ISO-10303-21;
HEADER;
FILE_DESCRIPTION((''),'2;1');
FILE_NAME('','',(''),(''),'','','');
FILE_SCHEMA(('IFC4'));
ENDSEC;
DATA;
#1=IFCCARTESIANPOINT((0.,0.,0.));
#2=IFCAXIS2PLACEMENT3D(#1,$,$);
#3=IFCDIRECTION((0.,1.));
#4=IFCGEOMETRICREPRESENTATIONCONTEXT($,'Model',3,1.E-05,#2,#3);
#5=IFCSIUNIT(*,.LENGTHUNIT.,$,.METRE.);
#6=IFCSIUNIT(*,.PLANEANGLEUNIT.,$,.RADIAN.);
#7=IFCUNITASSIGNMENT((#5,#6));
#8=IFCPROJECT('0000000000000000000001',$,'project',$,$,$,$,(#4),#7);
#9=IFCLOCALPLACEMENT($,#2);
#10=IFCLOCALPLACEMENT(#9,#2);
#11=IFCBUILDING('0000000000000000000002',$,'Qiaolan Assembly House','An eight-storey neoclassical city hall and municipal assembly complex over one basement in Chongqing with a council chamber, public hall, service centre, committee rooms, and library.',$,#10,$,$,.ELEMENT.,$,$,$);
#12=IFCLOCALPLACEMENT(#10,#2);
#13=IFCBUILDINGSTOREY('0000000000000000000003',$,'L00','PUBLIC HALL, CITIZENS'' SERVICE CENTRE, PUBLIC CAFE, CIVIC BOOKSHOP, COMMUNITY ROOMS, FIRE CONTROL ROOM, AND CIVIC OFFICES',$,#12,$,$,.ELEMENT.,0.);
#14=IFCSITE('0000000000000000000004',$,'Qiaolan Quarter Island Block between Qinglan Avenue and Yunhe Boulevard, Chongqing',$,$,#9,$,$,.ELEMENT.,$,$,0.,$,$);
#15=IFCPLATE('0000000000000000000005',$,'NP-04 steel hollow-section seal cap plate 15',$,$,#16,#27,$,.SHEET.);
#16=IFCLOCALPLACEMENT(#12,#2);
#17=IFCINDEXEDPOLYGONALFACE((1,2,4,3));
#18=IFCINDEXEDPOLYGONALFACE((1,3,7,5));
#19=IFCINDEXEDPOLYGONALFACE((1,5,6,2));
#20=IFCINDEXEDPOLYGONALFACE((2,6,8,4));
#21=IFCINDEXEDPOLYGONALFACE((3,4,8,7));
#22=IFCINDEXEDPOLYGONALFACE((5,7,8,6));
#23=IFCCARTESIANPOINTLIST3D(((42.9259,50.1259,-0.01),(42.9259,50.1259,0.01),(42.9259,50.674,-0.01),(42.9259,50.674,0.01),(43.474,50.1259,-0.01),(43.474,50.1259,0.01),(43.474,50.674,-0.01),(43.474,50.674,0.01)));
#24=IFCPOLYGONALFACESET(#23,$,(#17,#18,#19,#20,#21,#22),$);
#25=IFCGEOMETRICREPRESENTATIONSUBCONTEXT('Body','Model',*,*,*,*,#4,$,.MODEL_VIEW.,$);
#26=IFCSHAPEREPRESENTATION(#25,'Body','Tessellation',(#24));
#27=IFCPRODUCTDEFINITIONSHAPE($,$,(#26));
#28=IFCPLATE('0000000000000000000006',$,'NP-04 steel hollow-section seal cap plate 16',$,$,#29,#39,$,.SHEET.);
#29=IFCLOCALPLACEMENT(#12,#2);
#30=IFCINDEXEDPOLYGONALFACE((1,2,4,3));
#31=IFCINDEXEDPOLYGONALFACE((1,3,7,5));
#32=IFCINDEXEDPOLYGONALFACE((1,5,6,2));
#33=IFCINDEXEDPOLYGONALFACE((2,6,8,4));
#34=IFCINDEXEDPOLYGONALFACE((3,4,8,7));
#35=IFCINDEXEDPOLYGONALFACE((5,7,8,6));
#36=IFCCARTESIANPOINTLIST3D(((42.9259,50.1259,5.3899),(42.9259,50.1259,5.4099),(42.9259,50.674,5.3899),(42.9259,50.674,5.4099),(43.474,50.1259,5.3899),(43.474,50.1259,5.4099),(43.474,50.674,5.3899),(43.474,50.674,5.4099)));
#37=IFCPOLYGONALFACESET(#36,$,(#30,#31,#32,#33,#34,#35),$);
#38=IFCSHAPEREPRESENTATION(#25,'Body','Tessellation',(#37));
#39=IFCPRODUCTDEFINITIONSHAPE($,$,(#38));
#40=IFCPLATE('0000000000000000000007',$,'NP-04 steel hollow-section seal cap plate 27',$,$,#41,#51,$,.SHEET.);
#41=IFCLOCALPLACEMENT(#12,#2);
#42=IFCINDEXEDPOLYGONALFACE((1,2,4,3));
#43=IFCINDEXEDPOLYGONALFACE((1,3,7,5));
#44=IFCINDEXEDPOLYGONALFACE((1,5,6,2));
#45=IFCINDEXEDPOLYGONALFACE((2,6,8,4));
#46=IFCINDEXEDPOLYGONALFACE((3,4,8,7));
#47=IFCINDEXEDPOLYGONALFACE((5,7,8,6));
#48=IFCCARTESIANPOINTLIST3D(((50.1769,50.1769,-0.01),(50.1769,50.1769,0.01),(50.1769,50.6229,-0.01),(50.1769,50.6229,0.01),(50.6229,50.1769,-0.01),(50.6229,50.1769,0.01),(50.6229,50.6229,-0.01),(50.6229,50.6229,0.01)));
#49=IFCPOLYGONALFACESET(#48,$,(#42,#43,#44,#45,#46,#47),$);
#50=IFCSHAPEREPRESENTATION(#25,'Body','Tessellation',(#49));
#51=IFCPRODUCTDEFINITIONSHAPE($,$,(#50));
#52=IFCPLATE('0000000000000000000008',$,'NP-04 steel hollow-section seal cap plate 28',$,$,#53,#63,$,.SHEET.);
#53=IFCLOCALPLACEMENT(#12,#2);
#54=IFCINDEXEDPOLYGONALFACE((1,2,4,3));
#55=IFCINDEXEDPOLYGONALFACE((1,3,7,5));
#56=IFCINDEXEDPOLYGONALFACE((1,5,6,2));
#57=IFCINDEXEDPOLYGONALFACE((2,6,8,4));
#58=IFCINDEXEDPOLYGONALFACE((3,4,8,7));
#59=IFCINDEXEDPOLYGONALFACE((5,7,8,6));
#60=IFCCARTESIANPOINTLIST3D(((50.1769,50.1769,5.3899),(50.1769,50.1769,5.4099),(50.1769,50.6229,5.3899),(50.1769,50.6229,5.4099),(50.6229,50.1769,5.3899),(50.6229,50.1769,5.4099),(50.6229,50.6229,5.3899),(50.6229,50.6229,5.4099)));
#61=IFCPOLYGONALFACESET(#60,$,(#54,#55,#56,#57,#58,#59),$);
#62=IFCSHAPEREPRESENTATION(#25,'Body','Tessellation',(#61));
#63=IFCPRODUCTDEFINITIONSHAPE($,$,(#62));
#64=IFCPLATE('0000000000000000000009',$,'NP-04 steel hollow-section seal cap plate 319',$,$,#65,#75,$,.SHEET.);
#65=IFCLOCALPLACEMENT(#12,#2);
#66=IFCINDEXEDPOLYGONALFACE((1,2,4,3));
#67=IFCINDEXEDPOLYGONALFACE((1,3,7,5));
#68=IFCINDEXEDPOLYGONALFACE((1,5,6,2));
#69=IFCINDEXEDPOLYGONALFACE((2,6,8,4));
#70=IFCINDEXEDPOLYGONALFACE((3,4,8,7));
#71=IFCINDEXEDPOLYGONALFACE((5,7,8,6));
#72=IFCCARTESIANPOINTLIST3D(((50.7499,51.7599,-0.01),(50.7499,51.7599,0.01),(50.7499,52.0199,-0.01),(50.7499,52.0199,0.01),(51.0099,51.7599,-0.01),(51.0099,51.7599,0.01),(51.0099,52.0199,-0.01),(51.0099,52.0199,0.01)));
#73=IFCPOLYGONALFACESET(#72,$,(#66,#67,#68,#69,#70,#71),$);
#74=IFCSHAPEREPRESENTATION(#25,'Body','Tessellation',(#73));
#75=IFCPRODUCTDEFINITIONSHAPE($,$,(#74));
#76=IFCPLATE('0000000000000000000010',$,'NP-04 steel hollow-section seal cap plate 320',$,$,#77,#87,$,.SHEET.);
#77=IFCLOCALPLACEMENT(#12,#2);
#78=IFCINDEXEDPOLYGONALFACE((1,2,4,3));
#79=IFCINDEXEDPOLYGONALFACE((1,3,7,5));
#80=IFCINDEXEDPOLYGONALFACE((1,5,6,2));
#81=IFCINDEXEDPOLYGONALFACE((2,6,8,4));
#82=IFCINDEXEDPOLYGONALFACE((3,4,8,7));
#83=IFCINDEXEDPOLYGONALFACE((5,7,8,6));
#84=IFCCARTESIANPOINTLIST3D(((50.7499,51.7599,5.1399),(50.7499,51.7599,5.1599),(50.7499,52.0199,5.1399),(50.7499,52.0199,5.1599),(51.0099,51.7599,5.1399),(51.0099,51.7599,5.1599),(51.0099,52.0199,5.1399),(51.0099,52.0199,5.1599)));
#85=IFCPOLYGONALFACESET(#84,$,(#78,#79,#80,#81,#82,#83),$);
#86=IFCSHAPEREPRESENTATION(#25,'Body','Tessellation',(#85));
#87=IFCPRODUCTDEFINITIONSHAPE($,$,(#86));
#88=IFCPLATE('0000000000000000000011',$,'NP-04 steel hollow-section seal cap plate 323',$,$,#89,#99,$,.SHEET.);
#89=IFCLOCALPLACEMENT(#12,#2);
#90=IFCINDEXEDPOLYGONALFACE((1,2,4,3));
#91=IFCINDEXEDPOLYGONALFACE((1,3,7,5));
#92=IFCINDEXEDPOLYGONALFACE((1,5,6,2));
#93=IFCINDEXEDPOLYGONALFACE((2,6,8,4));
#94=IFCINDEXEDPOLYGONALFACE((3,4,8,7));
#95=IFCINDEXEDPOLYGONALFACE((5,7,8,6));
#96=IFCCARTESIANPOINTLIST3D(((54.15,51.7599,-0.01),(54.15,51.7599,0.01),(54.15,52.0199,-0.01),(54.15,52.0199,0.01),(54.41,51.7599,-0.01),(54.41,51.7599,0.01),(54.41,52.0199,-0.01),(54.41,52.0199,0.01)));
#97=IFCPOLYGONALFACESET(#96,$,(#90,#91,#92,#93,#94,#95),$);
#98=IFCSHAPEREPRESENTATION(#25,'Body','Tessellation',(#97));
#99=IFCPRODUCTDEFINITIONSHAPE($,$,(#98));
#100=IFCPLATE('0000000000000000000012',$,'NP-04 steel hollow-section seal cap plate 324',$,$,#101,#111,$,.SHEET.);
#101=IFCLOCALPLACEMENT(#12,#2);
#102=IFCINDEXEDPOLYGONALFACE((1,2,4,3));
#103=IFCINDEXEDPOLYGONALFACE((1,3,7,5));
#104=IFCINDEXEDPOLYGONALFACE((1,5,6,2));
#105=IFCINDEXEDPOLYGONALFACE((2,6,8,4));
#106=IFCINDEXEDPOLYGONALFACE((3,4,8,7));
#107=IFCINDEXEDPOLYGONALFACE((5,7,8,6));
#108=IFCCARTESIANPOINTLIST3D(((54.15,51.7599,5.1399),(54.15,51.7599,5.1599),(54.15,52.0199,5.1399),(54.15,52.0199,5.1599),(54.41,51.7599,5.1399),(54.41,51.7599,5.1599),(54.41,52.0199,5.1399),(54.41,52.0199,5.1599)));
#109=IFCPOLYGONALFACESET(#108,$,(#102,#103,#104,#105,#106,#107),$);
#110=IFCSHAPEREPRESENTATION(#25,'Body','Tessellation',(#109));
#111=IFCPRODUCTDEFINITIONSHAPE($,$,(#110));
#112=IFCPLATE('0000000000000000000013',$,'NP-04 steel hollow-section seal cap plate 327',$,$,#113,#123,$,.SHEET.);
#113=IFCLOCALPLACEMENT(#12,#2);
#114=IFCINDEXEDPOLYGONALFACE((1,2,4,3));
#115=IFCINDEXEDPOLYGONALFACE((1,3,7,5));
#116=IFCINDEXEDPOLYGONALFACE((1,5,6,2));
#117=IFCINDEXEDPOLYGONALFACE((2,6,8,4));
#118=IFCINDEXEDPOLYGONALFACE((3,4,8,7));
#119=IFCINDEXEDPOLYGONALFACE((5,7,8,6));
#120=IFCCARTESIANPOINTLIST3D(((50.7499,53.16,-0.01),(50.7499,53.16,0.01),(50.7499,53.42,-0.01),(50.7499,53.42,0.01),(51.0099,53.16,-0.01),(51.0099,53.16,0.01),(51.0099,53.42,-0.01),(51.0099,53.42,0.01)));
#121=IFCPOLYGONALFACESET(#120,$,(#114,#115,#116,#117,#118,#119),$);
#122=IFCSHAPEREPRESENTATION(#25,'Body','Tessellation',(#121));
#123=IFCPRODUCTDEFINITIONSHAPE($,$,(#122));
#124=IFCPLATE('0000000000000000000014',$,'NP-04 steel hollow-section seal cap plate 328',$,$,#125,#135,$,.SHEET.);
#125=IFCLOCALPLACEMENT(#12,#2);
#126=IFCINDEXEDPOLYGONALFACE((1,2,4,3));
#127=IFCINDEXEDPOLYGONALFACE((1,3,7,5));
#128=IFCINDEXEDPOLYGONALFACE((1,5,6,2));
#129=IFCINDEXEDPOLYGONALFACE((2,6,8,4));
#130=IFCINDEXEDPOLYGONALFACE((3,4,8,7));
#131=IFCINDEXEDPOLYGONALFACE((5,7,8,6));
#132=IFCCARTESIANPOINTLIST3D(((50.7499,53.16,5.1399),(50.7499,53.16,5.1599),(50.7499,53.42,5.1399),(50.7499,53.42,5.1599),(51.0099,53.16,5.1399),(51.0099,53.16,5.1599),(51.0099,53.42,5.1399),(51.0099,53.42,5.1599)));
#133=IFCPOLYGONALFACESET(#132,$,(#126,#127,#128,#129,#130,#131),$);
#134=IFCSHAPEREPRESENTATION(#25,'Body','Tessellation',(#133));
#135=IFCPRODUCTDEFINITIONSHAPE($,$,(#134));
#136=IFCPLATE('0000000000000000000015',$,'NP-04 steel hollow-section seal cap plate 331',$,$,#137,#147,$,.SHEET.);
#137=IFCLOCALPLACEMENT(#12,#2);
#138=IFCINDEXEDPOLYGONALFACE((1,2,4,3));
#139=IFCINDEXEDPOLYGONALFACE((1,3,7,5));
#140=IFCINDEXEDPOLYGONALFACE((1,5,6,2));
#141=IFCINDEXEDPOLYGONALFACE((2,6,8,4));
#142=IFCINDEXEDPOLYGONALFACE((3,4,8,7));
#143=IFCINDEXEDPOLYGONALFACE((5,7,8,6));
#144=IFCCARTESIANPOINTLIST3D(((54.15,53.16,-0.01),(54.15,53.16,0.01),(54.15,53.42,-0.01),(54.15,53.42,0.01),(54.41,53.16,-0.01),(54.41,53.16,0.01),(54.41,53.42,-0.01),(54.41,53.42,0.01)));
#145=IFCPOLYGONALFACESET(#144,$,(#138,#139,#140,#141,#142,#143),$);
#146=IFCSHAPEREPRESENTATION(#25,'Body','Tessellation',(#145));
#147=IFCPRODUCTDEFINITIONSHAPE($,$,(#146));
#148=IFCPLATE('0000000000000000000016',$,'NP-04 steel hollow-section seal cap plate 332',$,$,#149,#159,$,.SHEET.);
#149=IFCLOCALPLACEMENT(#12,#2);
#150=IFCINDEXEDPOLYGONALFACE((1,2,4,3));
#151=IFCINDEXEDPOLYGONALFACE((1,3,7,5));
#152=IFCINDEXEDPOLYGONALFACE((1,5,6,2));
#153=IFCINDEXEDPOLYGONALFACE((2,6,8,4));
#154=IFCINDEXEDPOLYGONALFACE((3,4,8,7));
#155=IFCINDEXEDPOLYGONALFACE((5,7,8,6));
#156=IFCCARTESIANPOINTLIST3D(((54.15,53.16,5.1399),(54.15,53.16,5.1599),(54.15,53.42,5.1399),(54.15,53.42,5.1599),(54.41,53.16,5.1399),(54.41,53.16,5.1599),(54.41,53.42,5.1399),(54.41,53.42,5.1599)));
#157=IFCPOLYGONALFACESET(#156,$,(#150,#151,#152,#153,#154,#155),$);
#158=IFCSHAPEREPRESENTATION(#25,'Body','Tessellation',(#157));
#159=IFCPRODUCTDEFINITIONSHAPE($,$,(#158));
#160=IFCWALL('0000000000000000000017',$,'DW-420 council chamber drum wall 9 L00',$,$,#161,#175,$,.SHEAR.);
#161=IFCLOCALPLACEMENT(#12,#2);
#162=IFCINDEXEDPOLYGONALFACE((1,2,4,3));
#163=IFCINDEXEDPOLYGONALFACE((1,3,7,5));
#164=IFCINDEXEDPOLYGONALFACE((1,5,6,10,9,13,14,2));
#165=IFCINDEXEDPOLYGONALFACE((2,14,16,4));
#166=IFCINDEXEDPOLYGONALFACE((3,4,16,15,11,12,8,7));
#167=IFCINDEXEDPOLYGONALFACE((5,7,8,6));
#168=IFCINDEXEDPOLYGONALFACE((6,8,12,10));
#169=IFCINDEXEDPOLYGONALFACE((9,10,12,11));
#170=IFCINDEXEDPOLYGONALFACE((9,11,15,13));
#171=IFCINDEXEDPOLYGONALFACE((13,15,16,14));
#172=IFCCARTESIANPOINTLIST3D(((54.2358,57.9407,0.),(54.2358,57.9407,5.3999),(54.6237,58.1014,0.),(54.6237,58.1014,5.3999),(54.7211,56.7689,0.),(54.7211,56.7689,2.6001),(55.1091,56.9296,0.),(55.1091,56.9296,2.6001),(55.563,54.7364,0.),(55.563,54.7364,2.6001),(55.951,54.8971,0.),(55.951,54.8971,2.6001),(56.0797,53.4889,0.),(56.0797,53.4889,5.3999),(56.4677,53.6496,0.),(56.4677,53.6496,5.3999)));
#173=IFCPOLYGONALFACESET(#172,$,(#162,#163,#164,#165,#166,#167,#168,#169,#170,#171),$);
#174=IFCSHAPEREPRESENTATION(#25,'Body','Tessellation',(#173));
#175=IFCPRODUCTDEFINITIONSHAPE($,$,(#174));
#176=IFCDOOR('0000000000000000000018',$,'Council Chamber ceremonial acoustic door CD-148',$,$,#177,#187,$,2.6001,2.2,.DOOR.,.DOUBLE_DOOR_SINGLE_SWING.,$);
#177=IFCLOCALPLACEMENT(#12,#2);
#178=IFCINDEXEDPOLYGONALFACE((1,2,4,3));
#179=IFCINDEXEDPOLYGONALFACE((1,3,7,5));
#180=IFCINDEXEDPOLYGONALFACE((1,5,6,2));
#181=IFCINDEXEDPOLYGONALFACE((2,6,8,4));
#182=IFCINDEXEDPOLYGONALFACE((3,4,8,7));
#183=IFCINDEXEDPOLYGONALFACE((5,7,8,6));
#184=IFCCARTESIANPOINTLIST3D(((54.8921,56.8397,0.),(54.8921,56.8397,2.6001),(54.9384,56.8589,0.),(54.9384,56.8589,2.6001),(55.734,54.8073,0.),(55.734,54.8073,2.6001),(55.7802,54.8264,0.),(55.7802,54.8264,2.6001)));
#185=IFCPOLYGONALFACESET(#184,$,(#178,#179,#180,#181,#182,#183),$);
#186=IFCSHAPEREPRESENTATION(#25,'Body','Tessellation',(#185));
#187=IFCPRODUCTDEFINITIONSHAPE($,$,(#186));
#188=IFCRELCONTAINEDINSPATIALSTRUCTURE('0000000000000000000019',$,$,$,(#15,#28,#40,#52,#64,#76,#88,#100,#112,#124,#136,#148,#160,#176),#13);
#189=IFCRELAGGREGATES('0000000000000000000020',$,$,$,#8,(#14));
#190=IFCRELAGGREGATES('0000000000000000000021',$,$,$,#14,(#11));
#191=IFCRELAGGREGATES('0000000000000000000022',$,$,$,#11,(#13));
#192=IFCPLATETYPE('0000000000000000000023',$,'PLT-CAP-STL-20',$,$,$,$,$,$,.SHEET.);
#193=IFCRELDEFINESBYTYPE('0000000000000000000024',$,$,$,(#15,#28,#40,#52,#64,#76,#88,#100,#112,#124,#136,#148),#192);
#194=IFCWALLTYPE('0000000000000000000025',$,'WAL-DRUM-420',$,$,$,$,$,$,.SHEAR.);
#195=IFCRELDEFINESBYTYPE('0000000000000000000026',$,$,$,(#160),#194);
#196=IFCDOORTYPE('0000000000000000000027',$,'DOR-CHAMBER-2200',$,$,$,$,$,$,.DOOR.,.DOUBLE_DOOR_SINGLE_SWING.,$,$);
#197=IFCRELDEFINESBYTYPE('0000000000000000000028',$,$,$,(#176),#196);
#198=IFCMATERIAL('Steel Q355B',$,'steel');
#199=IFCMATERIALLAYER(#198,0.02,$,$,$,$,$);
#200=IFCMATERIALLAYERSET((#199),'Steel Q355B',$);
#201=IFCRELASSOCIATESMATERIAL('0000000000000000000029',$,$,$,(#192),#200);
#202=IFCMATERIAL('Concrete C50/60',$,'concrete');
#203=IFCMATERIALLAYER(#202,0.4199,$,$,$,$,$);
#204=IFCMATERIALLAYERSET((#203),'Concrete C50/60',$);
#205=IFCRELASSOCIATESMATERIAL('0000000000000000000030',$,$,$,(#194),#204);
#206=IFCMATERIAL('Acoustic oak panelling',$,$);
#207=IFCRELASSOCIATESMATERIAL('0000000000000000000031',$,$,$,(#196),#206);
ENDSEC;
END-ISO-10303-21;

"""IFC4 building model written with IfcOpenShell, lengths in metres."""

from ifc_helpers import new_model, si_unit, direction, frame, frame_2d, origin, origin_2d, place, context, subcontext, project, spatial, rectangle, extrude, material, layer, layer_set, type_object, element, fill, save


model = new_model("IFC4")

# Units and contexts
model_context = context("Model", 3, precision=1e-05, world=origin(), true_north=direction((0.0, 1.0)))
body_context = subcontext(model_context, "Body", "Model", "MODEL_VIEW")
ifc_project = project(units=[si_unit("LENGTHUNIT", "METRE"), si_unit("PLANEANGLEUNIT", "RADIAN")], contexts=[model_context])

# Site, building, storey
site_placement = place(None, origin())
site = spatial("IfcSite", under=ifc_project, at=site_placement, Name="Qiaolan Quarter Island Block between Qinglan Avenue and Yunhe Boulevard, Chongqing", CompositionType="ELEMENT", RefElevation=0.0)
building_placement = place(site_placement, origin())
building = spatial("IfcBuilding", under=site, at=building_placement, Name="Qiaolan Assembly House", Description="An eight-storey neoclassical city hall and municipal assembly complex over one basement in Chongqing with a council chamber, public hall, service centre, committee rooms, and library.", CompositionType="ELEMENT")
storey_placement = place(building_placement, origin())
storey = spatial("IfcBuildingStorey", under=building, at=storey_placement, Name="L00", Description="PUBLIC HALL, CITIZENS' SERVICE CENTRE, PUBLIC CAFE, CIVIC BOOKSHOP, COMMUNITY ROOMS, FIRE CONTROL ROOM, AND CIVIC OFFICES", CompositionType="ELEMENT", Elevation=0.0)

# Shared definitions
ifc_material_1 = material(Name="Concrete C50/60", Category="concrete")
ifc_material_2 = material(Name="Steel Q355B", Category="steel")

# Plates
ifc_layer_1 = layer(ifc_material_2, 0.02)
ifc_layer_set_1 = layer_set([ifc_layer_1], Name="Steel Q355B")
plate_type = type_object("IfcPlateType", Name="PLT-CAP-STL-20", PredefinedType="SHEET", material=ifc_layer_set_1)
for number, where, z_axis, x_axis, name in (
    (1, (43.2, 50.3999, -0.01), (0.0, 0.0, 1.0), (1.0, 0.0, 0.0), "NP-04 steel hollow-section seal cap plate 15"),
    (2, (43.2, 50.3999, 5.3899), (0.0, 0.0, 1.0), (1.0, 0.0, 0.0), "NP-04 steel hollow-section seal cap plate 16"),
):
    element("IfcPlate", number, at=place(storey_placement, frame(where, z_axis=z_axis, x_axis=x_axis)), inside=storey, type_object=plate_type, Name=name, PredefinedType="SHEET", context=body_context, shape_type="SweptSolid", body=[
        extrude(rectangle(XDim=0.5481, YDim=0.5481, at=origin_2d()), origin(), (0.0, 0.0, 1.0), 0.02),
    ])
for number, where, z_axis, x_axis, name in (
    (3, (50.3999, 50.3999, -0.01), (0.0, 0.0, 1.0), (1.0, 0.0, 0.0), "NP-04 steel hollow-section seal cap plate 27"),
    (4, (50.3999, 50.3999, 5.3899), (0.0, 0.0, 1.0), (1.0, 0.0, 0.0), "NP-04 steel hollow-section seal cap plate 28"),
):
    element("IfcPlate", number, at=place(storey_placement, frame(where, z_axis=z_axis, x_axis=x_axis)), inside=storey, type_object=plate_type, Name=name, PredefinedType="SHEET", context=body_context, shape_type="SweptSolid", body=[
        extrude(rectangle(XDim=0.446, YDim=0.446, at=origin_2d()), origin(), (0.0, 0.0, 1.0), 0.02),
    ])
for number, where, z_axis, x_axis, name in (
    (5, (50.8799, 51.8899, -0.01), (0.0, 0.0, 1.0), (1.0, 0.0, 0.0), "NP-04 steel hollow-section seal cap plate 319"),
    (6, (50.8799, 51.8899, 5.1399), (0.0, 0.0, 1.0), (1.0, 0.0, 0.0), "NP-04 steel hollow-section seal cap plate 320"),
    (7, (54.28, 51.8899, -0.01), (0.0, 0.0, 1.0), (1.0, 0.0, 0.0), "NP-04 steel hollow-section seal cap plate 323"),
    (8, (54.28, 51.8899, 5.1399), (0.0, 0.0, 1.0), (1.0, 0.0, 0.0), "NP-04 steel hollow-section seal cap plate 324"),
    (9, (50.8799, 53.29, -0.01), (0.0, 0.0, 1.0), (1.0, 0.0, 0.0), "NP-04 steel hollow-section seal cap plate 327"),
    (10, (50.8799, 53.29, 5.1399), (0.0, 0.0, 1.0), (1.0, 0.0, 0.0), "NP-04 steel hollow-section seal cap plate 328"),
    (11, (54.28, 53.29, -0.01), (0.0, 0.0, 1.0), (1.0, 0.0, 0.0), "NP-04 steel hollow-section seal cap plate 331"),
    (12, (54.28, 53.29, 5.1399), (0.0, 0.0, 1.0), (1.0, 0.0, 0.0), "NP-04 steel hollow-section seal cap plate 332"),
):
    element("IfcPlate", number, at=place(storey_placement, frame(where, z_axis=z_axis, x_axis=x_axis)), inside=storey, type_object=plate_type, Name=name, PredefinedType="SHEET", context=body_context, shape_type="SweptSolid", body=[
        extrude(rectangle(XDim=0.26, YDim=0.26, at=origin_2d()), origin(), (0.0, 0.0, 1.0), 0.02),
    ])

# Wall, opening, door
ifc_layer_2 = layer(ifc_material_1, 0.4199)
ifc_layer_set_2 = layer_set([ifc_layer_2], Name="Concrete C50/60")
wall_type = type_object("IfcWallType", Name="WAL-DRUM-420", PredefinedType="SHEAR", material=ifc_layer_set_2)
wall_placement = place(storey_placement, frame((56.2737, 53.5693, 0.0), z_axis=(0.0, 0.0, 1.0), x_axis=(-0.382675, 0.923883, 0.0)))
wall = element("IfcWall", 13, at=wall_placement, inside=storey, type_object=wall_type, Name="DW-420 council chamber drum wall 9 L00", PredefinedType="SHEAR", context=body_context, shape_type="SweptSolid", body=[
    extrude(rectangle(XDim=4.8186, YDim=0.4199, at=frame_2d((2.4092, 0.0))), origin(), (0.0, 0.0, 1.0), 5.3999),
])
opening_placement = place(wall_placement, frame((1.3501, 0.0, 0.0)))
opening = element("IfcOpeningElement", 14, at=opening_placement, cuts=wall, PredefinedType="OPENING", context=body_context, shape_type="SweptSolid", body=[
    extrude(rectangle(XDim=2.2, YDim=2.6001, at=frame_2d((1.1001, 1.3))), frame((0.0, 0.22, 0.0), z_axis=(0.0, -1.0, 0.0), x_axis=(1.0, 0.0, 0.0)), (0.0, 0.0, 1.0), 0.4399),
])
ifc_material_3 = material(Name="Acoustic oak panelling")
door_type = type_object("IfcDoorType", Name="DOR-CHAMBER-2200", OperationType="DOUBLE_DOOR_SINGLE_SWING", PredefinedType="DOOR", material=ifc_material_3)
door_placement = place(opening_placement, origin())
door = element("IfcDoor", 15, at=door_placement, inside=storey, type_object=door_type, Name="Council Chamber ceremonial acoustic door CD-148", OperationType="DOUBLE_DOOR_SINGLE_SWING", OverallHeight=2.6001, OverallWidth=2.2, PredefinedType="DOOR", context=body_context, shape_type="SweptSolid", body=[
    extrude(rectangle(XDim=2.2, YDim=2.6001, at=frame_2d((1.1001, 1.3))), frame((0.0, 0.0249, 0.0), z_axis=(0.0, -1.0, 0.0), x_axis=(1.0, 0.0, 0.0)), (0.0, 0.0, 1.0), 0.05),
])
fill(opening, door)

save(model, "model.ifc")
